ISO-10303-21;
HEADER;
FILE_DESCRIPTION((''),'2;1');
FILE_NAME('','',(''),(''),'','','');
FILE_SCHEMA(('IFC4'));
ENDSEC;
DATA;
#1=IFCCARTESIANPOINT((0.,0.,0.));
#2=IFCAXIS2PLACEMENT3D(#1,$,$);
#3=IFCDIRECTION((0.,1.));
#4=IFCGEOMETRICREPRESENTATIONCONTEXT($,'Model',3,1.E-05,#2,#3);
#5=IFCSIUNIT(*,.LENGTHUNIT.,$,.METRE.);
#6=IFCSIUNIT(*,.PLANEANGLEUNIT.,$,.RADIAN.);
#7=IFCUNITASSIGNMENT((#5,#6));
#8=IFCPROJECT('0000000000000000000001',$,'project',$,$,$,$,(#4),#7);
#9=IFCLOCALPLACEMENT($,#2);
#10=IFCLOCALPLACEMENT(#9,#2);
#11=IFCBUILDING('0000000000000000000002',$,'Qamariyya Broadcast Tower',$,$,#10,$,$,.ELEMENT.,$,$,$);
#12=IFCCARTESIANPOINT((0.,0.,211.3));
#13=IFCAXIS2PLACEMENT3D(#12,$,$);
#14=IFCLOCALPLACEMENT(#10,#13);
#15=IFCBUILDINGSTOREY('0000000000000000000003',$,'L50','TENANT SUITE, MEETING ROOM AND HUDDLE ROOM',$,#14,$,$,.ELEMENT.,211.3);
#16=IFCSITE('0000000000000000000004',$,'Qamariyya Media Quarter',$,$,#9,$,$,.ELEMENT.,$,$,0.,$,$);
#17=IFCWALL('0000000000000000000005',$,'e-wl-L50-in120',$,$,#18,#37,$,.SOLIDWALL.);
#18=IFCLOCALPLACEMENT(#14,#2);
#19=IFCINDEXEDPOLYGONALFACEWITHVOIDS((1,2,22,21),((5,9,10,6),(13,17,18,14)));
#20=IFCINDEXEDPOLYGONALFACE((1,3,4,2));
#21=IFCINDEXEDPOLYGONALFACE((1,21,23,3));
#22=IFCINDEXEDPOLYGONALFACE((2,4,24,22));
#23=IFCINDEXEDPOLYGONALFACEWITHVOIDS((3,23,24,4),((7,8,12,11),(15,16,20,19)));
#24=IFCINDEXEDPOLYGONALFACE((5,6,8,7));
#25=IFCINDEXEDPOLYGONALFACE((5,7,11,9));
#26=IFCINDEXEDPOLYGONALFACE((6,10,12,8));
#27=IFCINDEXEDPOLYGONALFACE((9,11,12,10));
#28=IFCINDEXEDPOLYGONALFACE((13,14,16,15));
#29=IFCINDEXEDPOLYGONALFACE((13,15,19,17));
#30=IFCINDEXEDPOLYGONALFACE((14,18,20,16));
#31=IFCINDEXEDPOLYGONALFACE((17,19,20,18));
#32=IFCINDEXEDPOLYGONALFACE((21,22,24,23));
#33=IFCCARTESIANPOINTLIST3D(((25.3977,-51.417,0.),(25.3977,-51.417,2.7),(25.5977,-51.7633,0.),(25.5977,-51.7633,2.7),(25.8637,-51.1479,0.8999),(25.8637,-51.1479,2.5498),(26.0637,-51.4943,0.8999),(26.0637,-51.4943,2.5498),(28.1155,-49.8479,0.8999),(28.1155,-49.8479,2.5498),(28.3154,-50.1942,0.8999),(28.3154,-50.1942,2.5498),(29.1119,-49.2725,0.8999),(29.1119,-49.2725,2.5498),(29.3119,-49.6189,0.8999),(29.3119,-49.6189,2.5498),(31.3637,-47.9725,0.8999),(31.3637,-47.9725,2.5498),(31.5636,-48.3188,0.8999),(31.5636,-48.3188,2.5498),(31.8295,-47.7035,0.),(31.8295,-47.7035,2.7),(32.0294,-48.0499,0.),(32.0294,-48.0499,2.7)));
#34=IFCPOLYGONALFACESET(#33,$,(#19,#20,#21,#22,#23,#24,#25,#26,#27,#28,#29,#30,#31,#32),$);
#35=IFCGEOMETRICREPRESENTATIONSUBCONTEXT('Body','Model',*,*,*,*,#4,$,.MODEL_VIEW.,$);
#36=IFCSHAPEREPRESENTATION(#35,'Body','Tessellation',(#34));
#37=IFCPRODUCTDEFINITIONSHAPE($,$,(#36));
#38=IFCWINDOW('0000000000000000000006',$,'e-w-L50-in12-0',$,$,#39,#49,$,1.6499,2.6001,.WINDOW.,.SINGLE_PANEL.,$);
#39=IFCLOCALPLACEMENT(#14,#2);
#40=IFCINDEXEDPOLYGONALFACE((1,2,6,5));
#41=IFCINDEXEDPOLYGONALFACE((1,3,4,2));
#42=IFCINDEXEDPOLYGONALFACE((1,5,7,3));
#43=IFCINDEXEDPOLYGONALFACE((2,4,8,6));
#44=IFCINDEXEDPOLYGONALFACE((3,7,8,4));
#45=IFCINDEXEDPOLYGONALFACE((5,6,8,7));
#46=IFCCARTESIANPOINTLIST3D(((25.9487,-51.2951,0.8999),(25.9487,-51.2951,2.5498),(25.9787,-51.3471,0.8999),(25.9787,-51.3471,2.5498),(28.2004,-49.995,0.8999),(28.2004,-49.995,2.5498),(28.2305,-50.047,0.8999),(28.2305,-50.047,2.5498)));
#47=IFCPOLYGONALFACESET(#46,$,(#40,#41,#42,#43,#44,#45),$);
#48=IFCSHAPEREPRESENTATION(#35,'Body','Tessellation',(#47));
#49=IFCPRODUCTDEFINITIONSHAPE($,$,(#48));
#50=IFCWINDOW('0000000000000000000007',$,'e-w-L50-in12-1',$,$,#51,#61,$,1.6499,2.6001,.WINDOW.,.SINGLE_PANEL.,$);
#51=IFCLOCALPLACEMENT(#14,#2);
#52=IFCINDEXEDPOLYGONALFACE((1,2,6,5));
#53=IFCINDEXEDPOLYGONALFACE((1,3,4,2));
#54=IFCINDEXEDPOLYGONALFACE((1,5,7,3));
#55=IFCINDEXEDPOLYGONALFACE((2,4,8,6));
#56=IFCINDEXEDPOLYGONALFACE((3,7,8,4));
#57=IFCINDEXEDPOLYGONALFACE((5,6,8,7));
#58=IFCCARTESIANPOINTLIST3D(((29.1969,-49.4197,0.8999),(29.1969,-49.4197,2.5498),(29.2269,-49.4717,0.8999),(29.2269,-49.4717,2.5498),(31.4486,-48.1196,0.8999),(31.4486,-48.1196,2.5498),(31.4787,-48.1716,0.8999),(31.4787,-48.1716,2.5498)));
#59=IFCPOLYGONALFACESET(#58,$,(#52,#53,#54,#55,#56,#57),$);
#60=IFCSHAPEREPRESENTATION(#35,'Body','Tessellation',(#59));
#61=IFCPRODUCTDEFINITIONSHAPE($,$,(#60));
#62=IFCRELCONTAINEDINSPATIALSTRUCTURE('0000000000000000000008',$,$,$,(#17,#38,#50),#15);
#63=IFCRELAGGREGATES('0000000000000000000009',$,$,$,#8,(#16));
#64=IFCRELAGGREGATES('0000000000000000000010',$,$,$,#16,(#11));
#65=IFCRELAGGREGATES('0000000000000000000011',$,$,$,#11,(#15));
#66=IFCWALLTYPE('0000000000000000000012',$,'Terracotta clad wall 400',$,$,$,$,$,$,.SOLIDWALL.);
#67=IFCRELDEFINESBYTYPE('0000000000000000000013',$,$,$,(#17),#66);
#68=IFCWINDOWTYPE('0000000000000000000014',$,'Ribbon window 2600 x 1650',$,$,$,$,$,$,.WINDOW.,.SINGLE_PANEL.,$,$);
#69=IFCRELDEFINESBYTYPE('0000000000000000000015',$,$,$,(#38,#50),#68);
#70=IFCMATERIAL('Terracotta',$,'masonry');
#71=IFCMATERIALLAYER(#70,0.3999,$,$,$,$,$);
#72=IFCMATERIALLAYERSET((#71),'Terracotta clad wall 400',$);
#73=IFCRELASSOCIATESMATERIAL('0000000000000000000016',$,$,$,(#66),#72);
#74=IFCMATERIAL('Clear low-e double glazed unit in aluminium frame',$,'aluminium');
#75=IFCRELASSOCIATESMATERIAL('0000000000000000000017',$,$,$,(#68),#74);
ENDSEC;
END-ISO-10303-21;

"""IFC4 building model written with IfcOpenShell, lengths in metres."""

from ifc_helpers import new_model, si_unit, direction, frame, frame_2d, origin, place, context, subcontext, project, spatial, rectangle, extrude, material, layer, layer_set, type_object, element, fill, save


model = new_model("IFC4")

# Units and contexts
model_context = context("Model", 3, precision=1e-05, world=origin(), true_north=direction((0.0, 1.0)))
body_context = subcontext(model_context, "Body", "Model", "MODEL_VIEW")
ifc_project = project(units=[si_unit("LENGTHUNIT", "METRE"), si_unit("PLANEANGLEUNIT", "RADIAN")], contexts=[model_context])

# Site, building, storey
site_placement = place(None, origin())
building_placement = place(site_placement, origin())
storey_placement = place(building_placement, frame((0.0, 0.0, 211.3)))
site = spatial("IfcSite", under=ifc_project, at=site_placement, Name="Qamariyya Media Quarter", CompositionType="ELEMENT", RefElevation=0.0)
building = spatial("IfcBuilding", under=site, at=building_placement, Name="Qamariyya Broadcast Tower", CompositionType="ELEMENT")
storey = spatial("IfcBuildingStorey", under=building, at=storey_placement, Name="L50", Description="TENANT SUITE, MEETING ROOM AND HUDDLE ROOM", CompositionType="ELEMENT", Elevation=211.3)

# Wall, openings, windows
ifc_material_1 = material(Name="Terracotta", Category="masonry")
ifc_layer = layer(ifc_material_1, 0.3999)
ifc_layer_set = layer_set([ifc_layer], Name="Terracotta clad wall 400")
wall_type = type_object("IfcWallType", Name="Terracotta clad wall 400", PredefinedType="SOLIDWALL", material=ifc_layer_set)
wall_placement = place(storey_placement, frame((31.9294, -47.8767, 0.0), z_axis=(0.0, 0.0, 1.0), x_axis=(-0.866021, -0.500007, 0.0)))
wall = element("IfcWall", 1, at=wall_placement, inside=storey, type_object=wall_type, Name="e-wl-L50-in120", PredefinedType="SOLIDWALL", context=body_context, shape_type="SweptSolid", body=[
    extrude(rectangle(XDim=7.4268, YDim=0.3999, at=frame_2d((3.7134, 0.0))), origin(), (0.0, 0.0, 1.0), 2.7),
])
opening_1_placement = place(wall_placement, frame((4.2886, 0.0, 0.8999)))
opening_1 = element("IfcOpeningElement", 2, at=opening_1_placement, cuts=wall, PredefinedType="OPENING", context=body_context, shape_type="SweptSolid", body=[
    extrude(rectangle(XDim=2.6001, YDim=1.6499, at=frame_2d((1.3, 0.825))), frame((0.0, 0.21, 0.0), z_axis=(0.0, -1.0, 0.0), x_axis=(1.0, 0.0, 0.0)), (0.0, 0.0, 1.0), 0.4199),
])
opening_2_placement = place(wall_placement, frame((0.5378, 0.0, 0.8999)))
opening_2 = element("IfcOpeningElement", 3, at=opening_2_placement, cuts=wall, PredefinedType="OPENING", context=body_context, shape_type="SweptSolid", body=[
    extrude(rectangle(XDim=2.6001, YDim=1.6499, at=frame_2d((1.3, 0.825))), frame((0.0, 0.21, 0.0), z_axis=(0.0, -1.0, 0.0), x_axis=(1.0, 0.0, 0.0)), (0.0, 0.0, 1.0), 0.4199),
])
ifc_material_2 = material(Name="Clear low-e double glazed unit in aluminium frame", Category="aluminium")
window_type = type_object("IfcWindowType", Name="Ribbon window 2600 x 1650", PartitioningType="SINGLE_PANEL", PredefinedType="WINDOW", material=ifc_material_2)
window_1_placement = place(opening_1_placement, origin())
window_1 = element("IfcWindow", 4, at=window_1_placement, inside=storey, type_object=window_type, Name="e-w-L50-in12-0", OverallHeight=1.6499, OverallWidth=2.6001, PartitioningType="SINGLE_PANEL", PredefinedType="WINDOW", context=body_context, shape_type="SweptSolid", body=[
    extrude(rectangle(XDim=2.6001, YDim=1.6499, at=frame_2d((1.3, 0.825))), frame((0.0, 0.03, 0.0), z_axis=(0.0, -1.0, 0.0), x_axis=(1.0, 0.0, 0.0)), (0.0, 0.0, 1.0), 0.0601),
])
fill(opening_1, window_1)
window_2_placement = place(opening_2_placement, origin())
window_2 = element("IfcWindow", 5, at=window_2_placement, inside=storey, type_object=window_type, Name="e-w-L50-in12-1", OverallHeight=1.6499, OverallWidth=2.6001, PartitioningType="SINGLE_PANEL", PredefinedType="WINDOW", context=body_context, shape_type="SweptSolid", body=[
    extrude(rectangle(XDim=2.6001, YDim=1.6499, at=frame_2d((1.3, 0.825))), frame((0.0, 0.03, 0.0), z_axis=(0.0, -1.0, 0.0), x_axis=(1.0, 0.0, 0.0)), (0.0, 0.0, 1.0), 0.0601),
])
fill(opening_2, window_2)

save(model, "model.ifc")
